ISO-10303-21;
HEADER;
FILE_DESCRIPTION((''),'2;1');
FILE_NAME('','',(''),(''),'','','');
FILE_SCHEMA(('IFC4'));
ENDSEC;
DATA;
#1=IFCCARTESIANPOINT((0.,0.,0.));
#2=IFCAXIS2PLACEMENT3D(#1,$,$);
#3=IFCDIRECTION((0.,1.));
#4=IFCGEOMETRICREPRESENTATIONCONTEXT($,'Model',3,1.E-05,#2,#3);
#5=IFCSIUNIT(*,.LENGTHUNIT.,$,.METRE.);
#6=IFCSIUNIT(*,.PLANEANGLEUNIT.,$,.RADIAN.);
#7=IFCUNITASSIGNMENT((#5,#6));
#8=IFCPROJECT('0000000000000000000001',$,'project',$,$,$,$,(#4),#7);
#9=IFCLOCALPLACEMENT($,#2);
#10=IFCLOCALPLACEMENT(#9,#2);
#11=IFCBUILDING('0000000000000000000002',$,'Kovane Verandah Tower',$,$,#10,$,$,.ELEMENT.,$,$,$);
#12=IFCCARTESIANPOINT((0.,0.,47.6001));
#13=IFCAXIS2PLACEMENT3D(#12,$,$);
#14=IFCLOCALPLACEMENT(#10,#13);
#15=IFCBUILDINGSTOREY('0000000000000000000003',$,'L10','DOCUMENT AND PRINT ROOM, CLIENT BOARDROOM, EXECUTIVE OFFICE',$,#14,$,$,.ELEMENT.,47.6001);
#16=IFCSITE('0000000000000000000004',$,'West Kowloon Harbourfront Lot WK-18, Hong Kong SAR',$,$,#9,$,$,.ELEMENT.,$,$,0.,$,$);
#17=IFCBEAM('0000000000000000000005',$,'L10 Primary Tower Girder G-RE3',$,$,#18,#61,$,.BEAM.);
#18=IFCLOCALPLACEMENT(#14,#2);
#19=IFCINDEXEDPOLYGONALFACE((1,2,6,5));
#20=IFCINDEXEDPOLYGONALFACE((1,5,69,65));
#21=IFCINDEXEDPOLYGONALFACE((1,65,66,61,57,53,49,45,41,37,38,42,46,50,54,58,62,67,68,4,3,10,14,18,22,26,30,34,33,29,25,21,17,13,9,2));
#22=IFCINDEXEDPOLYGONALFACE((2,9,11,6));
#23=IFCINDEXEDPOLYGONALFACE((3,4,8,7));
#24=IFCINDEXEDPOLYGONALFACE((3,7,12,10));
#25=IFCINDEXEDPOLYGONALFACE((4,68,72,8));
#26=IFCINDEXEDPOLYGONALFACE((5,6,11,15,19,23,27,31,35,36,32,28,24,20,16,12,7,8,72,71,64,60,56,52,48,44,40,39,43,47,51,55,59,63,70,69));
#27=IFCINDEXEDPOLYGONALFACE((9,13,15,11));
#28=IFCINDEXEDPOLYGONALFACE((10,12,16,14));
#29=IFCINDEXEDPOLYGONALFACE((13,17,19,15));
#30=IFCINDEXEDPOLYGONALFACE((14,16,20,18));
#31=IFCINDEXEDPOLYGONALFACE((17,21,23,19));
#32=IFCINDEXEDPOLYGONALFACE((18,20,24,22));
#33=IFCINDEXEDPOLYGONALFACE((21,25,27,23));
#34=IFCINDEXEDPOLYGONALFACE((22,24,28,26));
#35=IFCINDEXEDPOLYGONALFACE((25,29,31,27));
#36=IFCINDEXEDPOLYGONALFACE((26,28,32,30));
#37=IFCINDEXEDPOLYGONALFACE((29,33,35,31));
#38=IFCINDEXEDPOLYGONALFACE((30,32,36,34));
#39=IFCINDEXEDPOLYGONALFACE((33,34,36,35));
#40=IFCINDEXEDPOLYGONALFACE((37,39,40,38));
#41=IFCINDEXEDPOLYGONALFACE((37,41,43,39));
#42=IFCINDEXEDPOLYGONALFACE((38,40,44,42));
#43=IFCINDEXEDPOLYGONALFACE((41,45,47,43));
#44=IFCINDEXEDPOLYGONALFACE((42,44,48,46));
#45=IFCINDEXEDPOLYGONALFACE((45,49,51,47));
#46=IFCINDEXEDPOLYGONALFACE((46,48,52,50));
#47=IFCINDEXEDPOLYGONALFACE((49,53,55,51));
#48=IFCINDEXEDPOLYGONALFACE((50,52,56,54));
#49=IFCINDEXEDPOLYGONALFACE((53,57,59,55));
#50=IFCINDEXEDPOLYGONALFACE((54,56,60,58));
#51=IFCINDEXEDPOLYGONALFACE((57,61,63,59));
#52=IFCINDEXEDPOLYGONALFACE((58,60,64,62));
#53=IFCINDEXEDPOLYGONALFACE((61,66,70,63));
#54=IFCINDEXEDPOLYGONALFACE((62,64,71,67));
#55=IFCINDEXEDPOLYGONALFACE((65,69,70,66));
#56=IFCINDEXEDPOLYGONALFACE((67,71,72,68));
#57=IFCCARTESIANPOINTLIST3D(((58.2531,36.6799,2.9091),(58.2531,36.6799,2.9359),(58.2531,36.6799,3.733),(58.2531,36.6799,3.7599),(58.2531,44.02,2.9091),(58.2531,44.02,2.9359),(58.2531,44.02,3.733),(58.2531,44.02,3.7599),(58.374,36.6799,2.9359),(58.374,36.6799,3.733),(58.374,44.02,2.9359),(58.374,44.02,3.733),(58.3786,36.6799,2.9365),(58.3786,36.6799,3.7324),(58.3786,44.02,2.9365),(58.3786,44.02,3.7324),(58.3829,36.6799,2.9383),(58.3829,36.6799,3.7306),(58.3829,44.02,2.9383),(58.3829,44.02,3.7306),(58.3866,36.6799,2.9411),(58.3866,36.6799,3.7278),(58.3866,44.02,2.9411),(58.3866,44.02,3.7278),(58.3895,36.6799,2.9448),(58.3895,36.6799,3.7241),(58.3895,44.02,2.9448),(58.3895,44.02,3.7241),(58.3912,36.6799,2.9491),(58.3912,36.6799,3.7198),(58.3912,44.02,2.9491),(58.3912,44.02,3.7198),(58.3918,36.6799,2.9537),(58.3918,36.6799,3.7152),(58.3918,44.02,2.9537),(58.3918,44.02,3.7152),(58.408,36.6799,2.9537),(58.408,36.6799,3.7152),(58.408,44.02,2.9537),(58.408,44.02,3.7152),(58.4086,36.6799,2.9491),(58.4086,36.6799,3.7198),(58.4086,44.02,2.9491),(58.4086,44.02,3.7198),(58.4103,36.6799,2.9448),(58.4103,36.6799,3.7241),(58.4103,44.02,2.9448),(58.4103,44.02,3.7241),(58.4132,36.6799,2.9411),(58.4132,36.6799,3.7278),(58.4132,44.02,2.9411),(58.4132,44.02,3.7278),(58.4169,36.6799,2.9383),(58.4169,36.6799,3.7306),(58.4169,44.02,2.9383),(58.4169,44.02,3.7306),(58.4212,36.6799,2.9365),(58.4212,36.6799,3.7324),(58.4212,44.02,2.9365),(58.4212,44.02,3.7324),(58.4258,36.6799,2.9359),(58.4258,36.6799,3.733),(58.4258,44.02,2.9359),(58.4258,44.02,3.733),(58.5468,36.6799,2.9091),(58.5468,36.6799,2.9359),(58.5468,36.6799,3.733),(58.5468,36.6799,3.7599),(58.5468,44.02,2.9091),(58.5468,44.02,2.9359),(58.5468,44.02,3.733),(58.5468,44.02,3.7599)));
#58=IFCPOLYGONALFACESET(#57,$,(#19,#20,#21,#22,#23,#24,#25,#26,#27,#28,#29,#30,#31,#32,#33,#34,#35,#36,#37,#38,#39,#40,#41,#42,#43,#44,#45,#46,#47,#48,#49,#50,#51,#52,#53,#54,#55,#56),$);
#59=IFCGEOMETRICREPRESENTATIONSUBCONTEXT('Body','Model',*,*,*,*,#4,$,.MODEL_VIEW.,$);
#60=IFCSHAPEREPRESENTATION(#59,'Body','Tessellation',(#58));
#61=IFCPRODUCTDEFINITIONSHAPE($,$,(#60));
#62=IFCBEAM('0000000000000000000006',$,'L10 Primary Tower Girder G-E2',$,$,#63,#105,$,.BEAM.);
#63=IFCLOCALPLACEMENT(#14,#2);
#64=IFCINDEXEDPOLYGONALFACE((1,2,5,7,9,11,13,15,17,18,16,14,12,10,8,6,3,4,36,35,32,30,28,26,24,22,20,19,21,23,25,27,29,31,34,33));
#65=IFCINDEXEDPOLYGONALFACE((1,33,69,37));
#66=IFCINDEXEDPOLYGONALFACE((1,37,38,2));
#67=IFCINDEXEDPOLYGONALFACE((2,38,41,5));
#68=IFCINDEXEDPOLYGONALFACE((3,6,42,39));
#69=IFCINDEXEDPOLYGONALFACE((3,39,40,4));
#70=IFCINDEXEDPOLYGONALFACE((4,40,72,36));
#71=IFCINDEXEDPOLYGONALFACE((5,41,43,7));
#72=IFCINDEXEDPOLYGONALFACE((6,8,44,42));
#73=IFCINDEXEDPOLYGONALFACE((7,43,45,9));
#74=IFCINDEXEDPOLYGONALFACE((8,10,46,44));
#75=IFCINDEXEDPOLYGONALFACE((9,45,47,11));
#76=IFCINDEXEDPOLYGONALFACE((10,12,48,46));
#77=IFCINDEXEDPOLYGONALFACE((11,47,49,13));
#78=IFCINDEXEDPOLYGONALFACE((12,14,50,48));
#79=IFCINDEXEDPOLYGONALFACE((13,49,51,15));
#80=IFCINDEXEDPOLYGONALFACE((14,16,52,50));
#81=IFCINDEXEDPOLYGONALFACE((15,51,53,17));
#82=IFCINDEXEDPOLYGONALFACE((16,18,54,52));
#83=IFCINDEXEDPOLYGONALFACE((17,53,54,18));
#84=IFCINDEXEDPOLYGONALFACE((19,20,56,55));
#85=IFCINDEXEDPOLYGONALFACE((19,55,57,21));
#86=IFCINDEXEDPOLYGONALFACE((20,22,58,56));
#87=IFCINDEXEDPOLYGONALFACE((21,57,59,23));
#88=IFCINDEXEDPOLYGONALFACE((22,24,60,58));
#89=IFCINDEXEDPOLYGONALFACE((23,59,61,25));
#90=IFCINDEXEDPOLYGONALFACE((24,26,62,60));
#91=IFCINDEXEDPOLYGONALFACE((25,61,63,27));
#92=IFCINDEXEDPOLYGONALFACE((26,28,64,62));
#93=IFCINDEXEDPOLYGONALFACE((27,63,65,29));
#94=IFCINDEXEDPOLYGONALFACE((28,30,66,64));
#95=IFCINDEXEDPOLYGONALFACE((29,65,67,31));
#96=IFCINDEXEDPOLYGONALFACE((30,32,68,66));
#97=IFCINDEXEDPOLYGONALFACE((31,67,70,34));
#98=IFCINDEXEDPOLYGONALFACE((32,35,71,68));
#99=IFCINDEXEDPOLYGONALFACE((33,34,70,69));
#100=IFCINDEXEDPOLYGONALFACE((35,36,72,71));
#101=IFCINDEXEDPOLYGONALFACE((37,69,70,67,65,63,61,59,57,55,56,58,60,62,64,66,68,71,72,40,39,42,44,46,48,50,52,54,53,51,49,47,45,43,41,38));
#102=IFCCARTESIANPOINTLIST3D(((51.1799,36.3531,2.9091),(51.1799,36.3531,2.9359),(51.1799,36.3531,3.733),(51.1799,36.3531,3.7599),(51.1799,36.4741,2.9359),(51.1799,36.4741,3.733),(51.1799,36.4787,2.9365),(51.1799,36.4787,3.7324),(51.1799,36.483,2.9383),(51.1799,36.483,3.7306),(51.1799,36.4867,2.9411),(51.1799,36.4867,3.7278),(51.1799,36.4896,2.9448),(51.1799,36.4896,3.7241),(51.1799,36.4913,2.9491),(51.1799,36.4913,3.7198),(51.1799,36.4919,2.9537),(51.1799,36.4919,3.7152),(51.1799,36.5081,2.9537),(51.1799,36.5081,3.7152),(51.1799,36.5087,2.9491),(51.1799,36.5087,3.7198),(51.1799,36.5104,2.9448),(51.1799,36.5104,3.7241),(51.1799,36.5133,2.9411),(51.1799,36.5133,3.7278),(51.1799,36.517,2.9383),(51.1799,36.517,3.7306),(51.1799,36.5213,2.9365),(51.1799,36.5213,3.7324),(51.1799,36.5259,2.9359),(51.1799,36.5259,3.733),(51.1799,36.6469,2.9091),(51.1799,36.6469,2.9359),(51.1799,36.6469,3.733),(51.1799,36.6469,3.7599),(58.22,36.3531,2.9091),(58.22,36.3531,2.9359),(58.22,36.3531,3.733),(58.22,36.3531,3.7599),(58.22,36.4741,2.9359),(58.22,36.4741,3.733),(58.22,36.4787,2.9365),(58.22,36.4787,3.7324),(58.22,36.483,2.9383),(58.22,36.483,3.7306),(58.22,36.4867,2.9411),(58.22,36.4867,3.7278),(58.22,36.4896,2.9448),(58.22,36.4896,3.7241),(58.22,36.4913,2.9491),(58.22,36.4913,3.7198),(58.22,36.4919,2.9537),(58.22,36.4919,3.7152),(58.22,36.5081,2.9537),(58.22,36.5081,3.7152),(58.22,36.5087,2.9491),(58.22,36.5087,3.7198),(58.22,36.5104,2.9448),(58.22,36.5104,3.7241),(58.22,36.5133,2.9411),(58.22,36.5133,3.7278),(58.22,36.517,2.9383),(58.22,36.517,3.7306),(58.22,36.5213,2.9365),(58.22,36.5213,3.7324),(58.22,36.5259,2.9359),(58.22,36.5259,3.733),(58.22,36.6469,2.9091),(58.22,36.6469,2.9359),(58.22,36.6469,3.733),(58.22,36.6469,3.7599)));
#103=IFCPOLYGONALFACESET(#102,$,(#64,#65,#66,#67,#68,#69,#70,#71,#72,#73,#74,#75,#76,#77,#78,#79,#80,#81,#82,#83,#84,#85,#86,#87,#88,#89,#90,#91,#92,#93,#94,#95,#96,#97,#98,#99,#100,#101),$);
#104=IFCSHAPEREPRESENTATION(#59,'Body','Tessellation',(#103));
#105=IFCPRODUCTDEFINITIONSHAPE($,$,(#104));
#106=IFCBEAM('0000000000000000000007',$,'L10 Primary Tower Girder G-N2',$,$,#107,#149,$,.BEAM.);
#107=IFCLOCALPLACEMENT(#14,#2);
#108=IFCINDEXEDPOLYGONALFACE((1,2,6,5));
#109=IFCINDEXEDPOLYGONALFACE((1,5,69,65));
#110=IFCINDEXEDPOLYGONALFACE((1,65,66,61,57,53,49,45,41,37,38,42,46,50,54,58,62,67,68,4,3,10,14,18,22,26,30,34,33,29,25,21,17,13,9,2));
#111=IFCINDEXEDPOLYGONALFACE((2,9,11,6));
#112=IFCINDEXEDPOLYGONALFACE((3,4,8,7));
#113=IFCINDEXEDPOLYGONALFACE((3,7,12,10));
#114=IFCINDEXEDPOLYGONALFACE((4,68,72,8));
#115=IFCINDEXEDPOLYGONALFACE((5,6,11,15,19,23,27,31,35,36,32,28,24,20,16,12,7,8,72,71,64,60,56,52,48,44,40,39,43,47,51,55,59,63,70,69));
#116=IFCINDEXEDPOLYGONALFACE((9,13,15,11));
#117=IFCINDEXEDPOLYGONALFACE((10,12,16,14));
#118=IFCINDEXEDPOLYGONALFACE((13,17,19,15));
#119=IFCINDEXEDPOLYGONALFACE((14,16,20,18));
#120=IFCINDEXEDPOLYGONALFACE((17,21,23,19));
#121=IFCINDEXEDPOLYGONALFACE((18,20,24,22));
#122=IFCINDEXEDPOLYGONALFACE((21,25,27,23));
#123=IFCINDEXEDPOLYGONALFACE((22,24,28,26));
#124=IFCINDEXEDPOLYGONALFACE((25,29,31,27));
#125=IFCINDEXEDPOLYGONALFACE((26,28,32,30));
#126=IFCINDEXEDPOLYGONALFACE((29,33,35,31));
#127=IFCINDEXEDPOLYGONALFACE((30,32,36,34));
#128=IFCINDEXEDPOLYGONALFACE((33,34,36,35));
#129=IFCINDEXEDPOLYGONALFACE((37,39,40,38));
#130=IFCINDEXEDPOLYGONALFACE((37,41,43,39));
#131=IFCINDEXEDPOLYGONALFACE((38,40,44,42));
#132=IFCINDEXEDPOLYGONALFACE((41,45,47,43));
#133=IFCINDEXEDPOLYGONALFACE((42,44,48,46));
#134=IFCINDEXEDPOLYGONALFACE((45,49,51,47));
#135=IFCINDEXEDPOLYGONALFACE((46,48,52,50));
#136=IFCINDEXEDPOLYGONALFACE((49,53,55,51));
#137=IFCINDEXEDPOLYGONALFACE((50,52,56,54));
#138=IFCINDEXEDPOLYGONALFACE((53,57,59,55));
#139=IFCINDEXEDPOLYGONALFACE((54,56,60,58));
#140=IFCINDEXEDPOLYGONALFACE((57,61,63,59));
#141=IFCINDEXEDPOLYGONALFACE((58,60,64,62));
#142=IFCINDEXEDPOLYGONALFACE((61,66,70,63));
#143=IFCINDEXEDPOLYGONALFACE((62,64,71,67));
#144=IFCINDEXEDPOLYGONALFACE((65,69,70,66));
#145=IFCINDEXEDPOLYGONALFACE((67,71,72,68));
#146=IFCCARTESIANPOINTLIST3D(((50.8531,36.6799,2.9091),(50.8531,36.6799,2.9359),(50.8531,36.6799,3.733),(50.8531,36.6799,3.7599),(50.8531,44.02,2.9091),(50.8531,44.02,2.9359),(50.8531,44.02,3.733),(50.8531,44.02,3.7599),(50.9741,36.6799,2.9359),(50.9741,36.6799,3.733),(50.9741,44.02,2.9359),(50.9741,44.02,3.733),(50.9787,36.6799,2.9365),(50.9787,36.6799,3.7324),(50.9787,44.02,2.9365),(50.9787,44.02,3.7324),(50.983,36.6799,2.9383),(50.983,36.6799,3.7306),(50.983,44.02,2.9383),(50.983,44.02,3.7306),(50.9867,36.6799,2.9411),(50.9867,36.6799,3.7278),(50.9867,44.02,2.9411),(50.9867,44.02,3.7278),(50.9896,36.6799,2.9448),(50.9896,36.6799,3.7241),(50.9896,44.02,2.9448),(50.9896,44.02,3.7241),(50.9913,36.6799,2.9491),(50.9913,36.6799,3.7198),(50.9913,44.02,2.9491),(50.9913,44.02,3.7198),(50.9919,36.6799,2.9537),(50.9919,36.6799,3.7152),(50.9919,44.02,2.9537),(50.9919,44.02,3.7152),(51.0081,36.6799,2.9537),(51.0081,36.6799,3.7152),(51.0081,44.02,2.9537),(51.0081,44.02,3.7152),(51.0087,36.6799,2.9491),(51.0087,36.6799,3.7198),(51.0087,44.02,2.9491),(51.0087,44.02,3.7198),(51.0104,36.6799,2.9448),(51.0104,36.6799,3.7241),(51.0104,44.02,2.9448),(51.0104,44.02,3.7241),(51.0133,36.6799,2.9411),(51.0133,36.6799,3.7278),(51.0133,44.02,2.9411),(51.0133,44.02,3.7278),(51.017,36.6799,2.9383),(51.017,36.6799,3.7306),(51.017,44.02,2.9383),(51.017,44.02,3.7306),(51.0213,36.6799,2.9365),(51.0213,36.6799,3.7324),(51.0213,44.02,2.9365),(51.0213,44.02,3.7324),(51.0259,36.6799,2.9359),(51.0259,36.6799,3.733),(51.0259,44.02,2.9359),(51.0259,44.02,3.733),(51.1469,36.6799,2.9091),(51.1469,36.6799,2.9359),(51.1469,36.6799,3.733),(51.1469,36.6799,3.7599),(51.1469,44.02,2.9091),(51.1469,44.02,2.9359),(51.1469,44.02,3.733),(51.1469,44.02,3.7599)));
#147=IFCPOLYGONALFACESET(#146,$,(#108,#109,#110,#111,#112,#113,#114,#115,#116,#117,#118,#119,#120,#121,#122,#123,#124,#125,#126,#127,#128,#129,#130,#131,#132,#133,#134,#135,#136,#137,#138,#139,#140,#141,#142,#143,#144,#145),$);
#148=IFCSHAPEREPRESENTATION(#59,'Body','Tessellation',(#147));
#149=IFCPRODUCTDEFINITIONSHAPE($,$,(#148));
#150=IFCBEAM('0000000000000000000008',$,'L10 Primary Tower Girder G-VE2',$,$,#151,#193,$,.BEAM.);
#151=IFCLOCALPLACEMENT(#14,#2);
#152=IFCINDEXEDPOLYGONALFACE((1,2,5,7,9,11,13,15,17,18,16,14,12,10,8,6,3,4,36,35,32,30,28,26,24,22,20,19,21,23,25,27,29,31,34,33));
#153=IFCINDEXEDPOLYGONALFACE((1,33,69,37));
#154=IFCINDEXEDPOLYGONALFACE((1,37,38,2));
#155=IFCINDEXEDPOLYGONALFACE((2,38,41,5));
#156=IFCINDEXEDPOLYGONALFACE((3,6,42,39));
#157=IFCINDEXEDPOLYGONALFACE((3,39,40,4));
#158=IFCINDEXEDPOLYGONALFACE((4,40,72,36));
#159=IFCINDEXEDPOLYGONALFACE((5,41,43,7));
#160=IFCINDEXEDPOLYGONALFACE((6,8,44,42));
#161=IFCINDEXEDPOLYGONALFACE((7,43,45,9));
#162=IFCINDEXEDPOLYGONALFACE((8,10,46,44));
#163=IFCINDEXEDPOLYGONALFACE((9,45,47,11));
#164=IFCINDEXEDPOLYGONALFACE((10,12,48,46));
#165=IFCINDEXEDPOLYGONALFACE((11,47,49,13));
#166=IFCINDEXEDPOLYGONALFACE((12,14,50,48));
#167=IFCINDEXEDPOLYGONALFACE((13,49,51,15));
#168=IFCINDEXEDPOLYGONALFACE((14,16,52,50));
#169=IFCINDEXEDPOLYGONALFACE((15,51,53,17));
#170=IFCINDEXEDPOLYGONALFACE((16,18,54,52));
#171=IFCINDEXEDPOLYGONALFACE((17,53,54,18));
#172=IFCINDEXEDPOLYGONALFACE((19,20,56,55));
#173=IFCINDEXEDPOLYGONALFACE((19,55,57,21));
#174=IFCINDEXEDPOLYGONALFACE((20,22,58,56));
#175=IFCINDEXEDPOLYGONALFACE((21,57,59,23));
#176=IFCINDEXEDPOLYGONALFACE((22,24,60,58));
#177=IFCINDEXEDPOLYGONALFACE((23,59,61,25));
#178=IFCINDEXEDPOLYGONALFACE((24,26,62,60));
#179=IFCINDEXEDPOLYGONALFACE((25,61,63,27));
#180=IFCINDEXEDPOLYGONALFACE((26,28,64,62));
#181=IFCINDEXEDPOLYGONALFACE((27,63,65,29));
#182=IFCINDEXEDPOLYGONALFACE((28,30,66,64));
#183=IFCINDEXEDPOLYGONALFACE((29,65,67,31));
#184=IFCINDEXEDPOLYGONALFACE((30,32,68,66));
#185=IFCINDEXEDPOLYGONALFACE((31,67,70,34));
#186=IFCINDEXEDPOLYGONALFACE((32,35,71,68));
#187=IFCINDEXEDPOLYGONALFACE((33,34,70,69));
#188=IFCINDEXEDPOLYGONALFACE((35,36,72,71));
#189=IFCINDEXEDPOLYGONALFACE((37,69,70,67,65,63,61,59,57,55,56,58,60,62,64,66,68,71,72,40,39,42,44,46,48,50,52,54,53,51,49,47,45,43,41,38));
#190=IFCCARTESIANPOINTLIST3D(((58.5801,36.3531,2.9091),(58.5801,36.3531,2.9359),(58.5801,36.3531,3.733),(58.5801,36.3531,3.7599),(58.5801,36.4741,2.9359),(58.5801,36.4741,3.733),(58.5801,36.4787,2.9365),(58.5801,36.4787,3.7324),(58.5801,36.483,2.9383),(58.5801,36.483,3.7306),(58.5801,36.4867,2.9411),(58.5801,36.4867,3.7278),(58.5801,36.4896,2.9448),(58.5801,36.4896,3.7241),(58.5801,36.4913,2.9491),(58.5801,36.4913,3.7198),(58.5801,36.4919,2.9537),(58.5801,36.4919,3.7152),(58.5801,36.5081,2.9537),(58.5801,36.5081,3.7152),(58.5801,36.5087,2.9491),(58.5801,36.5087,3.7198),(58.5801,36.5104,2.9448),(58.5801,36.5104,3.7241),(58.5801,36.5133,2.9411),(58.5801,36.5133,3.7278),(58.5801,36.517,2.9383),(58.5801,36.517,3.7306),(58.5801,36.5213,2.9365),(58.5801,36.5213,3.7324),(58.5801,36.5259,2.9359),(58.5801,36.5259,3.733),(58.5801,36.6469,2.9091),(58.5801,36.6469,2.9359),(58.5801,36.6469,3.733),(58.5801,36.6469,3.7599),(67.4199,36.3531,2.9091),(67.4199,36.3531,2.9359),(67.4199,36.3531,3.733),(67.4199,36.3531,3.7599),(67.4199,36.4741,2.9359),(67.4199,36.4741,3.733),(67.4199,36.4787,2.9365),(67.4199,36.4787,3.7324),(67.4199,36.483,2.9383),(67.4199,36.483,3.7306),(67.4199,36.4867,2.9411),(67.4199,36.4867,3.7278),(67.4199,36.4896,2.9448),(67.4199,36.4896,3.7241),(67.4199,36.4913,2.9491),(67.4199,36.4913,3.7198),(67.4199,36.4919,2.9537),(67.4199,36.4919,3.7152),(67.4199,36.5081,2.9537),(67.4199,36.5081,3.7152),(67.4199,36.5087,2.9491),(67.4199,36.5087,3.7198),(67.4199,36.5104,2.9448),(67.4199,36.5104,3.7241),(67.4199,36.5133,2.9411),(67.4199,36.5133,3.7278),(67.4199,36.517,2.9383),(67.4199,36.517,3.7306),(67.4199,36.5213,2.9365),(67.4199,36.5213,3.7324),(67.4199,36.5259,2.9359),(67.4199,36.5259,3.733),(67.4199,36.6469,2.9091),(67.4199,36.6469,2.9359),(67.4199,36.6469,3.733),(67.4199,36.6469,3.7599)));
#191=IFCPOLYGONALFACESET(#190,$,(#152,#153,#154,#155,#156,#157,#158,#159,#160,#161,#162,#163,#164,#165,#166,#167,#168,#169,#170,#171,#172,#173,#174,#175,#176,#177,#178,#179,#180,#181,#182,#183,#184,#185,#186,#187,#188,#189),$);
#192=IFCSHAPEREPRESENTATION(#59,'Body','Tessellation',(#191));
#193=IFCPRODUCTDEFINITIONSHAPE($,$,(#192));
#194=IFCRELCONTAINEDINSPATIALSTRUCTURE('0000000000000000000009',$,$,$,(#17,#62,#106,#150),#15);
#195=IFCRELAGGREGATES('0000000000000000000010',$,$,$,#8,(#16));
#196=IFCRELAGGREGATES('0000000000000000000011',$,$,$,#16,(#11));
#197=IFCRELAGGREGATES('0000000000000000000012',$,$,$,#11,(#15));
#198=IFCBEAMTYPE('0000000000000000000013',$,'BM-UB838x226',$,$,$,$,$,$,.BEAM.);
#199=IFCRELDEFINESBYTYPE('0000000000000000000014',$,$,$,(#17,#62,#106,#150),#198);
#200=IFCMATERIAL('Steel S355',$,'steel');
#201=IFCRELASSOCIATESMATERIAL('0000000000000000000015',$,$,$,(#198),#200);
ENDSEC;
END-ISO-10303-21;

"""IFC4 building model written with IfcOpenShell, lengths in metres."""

from ifc_helpers import new_model, si_unit, direction, frame, origin, origin_2d, place, context, subcontext, project, spatial, i_section, extrude, material, material_profile, profile_set, type_object, element, save


model = new_model("IFC4")

# Units and contexts
model_context = context("Model", 3, precision=1e-05, world=origin(), true_north=direction((0.0, 1.0)))
body_context = subcontext(model_context, "Body", "Model", "MODEL_VIEW")
ifc_project = project(units=[si_unit("LENGTHUNIT", "METRE"), si_unit("PLANEANGLEUNIT", "RADIAN")], contexts=[model_context])

# Site, building, storey
site_placement = place(None, origin())
site = spatial("IfcSite", under=ifc_project, at=site_placement, Name="West Kowloon Harbourfront Lot WK-18, Hong Kong SAR", CompositionType="ELEMENT", RefElevation=0.0)
building_placement = place(site_placement, origin())
building = spatial("IfcBuilding", under=site, at=building_placement, Name="Kovane Verandah Tower", CompositionType="ELEMENT")
storey_placement = place(building_placement, frame((0.0, 0.0, 47.6001)))
storey = spatial("IfcBuildingStorey", under=building, at=storey_placement, Name="L10", Description="DOCUMENT AND PRINT ROOM, CLIENT BOARDROOM, EXECUTIVE OFFICE", CompositionType="ELEMENT", Elevation=47.6001)

# Beams
ifc_material_1 = material(Name="Steel S355", Category="steel")
ifc_material_profile_1 = material_profile(ifc_material_1, i_section(OverallWidth=0.2937, OverallDepth=0.8508, WebThickness=0.0161, FlangeThickness=0.0269, FilletRadius=0.0178, at=origin_2d()), Name="UB838x292x226")
ifc_profile_set_1 = profile_set([ifc_material_profile_1], Name="Steel S355")
beam_type_1 = type_object("IfcBeamType", Name="BM-UB838x226", PredefinedType="BEAM", material=ifc_profile_set_1)
beam_1_placement = place(storey_placement, frame((58.3999, 36.6799, 3.3345), z_axis=(0.0, 1.0, 0.0), x_axis=(-1.0, 0.0, 0.0)))
element("IfcBeam", 1, at=beam_1_placement, inside=storey, type_object=beam_type_1, Name="L10 Primary Tower Girder G-RE3", PredefinedType="BEAM", context=body_context, shape_type="SweptSolid", body=[
    extrude(i_section(OverallWidth=0.2937, OverallDepth=0.8508, WebThickness=0.0161, FlangeThickness=0.0269, FilletRadius=0.0178, at=origin_2d()), origin(), (0.0, 0.0, 1.0), 7.3401),
])
beam_2_placement = place(storey_placement, frame((51.1799, 36.5, 3.3345), z_axis=(1.0, 0.0, 0.0), x_axis=(0.0, 1.0, 0.0)))
element("IfcBeam", 2, at=beam_2_placement, inside=storey, type_object=beam_type_1, Name="L10 Primary Tower Girder G-E2", PredefinedType="BEAM", context=body_context, shape_type="SweptSolid", body=[
    extrude(i_section(OverallWidth=0.2937, OverallDepth=0.8508, WebThickness=0.0161, FlangeThickness=0.0269, FilletRadius=0.0178, at=origin_2d()), origin(), (0.0, 0.0, 1.0), 7.04),
])
beam_3_placement = place(storey_placement, frame((51.0, 36.6799, 3.3345), z_axis=(0.0, 1.0, 0.0), x_axis=(-1.0, 0.0, 0.0)))
element("IfcBeam", 3, at=beam_3_placement, inside=storey, type_object=beam_type_1, Name="L10 Primary Tower Girder G-N2", PredefinedType="BEAM", context=body_context, shape_type="SweptSolid", body=[
    extrude(i_section(OverallWidth=0.2937, OverallDepth=0.8508, WebThickness=0.0161, FlangeThickness=0.0269, FilletRadius=0.0178, at=origin_2d()), origin(), (0.0, 0.0, 1.0), 7.3401),
])
beam_4_placement = place(storey_placement, frame((58.5801, 36.5, 3.3345), z_axis=(1.0, 0.0, 0.0), x_axis=(0.0, 1.0, 0.0)))
element("IfcBeam", 4, at=beam_4_placement, inside=storey, type_object=beam_type_1, Name="L10 Primary Tower Girder G-VE2", PredefinedType="BEAM", context=body_context, shape_type="SweptSolid", body=[
    extrude(i_section(OverallWidth=0.2937, OverallDepth=0.8508, WebThickness=0.0161, FlangeThickness=0.0269, FilletRadius=0.0178, at=origin_2d()), origin(), (0.0, 0.0, 1.0), 8.8398),
])

save(model, "model.ifc")
